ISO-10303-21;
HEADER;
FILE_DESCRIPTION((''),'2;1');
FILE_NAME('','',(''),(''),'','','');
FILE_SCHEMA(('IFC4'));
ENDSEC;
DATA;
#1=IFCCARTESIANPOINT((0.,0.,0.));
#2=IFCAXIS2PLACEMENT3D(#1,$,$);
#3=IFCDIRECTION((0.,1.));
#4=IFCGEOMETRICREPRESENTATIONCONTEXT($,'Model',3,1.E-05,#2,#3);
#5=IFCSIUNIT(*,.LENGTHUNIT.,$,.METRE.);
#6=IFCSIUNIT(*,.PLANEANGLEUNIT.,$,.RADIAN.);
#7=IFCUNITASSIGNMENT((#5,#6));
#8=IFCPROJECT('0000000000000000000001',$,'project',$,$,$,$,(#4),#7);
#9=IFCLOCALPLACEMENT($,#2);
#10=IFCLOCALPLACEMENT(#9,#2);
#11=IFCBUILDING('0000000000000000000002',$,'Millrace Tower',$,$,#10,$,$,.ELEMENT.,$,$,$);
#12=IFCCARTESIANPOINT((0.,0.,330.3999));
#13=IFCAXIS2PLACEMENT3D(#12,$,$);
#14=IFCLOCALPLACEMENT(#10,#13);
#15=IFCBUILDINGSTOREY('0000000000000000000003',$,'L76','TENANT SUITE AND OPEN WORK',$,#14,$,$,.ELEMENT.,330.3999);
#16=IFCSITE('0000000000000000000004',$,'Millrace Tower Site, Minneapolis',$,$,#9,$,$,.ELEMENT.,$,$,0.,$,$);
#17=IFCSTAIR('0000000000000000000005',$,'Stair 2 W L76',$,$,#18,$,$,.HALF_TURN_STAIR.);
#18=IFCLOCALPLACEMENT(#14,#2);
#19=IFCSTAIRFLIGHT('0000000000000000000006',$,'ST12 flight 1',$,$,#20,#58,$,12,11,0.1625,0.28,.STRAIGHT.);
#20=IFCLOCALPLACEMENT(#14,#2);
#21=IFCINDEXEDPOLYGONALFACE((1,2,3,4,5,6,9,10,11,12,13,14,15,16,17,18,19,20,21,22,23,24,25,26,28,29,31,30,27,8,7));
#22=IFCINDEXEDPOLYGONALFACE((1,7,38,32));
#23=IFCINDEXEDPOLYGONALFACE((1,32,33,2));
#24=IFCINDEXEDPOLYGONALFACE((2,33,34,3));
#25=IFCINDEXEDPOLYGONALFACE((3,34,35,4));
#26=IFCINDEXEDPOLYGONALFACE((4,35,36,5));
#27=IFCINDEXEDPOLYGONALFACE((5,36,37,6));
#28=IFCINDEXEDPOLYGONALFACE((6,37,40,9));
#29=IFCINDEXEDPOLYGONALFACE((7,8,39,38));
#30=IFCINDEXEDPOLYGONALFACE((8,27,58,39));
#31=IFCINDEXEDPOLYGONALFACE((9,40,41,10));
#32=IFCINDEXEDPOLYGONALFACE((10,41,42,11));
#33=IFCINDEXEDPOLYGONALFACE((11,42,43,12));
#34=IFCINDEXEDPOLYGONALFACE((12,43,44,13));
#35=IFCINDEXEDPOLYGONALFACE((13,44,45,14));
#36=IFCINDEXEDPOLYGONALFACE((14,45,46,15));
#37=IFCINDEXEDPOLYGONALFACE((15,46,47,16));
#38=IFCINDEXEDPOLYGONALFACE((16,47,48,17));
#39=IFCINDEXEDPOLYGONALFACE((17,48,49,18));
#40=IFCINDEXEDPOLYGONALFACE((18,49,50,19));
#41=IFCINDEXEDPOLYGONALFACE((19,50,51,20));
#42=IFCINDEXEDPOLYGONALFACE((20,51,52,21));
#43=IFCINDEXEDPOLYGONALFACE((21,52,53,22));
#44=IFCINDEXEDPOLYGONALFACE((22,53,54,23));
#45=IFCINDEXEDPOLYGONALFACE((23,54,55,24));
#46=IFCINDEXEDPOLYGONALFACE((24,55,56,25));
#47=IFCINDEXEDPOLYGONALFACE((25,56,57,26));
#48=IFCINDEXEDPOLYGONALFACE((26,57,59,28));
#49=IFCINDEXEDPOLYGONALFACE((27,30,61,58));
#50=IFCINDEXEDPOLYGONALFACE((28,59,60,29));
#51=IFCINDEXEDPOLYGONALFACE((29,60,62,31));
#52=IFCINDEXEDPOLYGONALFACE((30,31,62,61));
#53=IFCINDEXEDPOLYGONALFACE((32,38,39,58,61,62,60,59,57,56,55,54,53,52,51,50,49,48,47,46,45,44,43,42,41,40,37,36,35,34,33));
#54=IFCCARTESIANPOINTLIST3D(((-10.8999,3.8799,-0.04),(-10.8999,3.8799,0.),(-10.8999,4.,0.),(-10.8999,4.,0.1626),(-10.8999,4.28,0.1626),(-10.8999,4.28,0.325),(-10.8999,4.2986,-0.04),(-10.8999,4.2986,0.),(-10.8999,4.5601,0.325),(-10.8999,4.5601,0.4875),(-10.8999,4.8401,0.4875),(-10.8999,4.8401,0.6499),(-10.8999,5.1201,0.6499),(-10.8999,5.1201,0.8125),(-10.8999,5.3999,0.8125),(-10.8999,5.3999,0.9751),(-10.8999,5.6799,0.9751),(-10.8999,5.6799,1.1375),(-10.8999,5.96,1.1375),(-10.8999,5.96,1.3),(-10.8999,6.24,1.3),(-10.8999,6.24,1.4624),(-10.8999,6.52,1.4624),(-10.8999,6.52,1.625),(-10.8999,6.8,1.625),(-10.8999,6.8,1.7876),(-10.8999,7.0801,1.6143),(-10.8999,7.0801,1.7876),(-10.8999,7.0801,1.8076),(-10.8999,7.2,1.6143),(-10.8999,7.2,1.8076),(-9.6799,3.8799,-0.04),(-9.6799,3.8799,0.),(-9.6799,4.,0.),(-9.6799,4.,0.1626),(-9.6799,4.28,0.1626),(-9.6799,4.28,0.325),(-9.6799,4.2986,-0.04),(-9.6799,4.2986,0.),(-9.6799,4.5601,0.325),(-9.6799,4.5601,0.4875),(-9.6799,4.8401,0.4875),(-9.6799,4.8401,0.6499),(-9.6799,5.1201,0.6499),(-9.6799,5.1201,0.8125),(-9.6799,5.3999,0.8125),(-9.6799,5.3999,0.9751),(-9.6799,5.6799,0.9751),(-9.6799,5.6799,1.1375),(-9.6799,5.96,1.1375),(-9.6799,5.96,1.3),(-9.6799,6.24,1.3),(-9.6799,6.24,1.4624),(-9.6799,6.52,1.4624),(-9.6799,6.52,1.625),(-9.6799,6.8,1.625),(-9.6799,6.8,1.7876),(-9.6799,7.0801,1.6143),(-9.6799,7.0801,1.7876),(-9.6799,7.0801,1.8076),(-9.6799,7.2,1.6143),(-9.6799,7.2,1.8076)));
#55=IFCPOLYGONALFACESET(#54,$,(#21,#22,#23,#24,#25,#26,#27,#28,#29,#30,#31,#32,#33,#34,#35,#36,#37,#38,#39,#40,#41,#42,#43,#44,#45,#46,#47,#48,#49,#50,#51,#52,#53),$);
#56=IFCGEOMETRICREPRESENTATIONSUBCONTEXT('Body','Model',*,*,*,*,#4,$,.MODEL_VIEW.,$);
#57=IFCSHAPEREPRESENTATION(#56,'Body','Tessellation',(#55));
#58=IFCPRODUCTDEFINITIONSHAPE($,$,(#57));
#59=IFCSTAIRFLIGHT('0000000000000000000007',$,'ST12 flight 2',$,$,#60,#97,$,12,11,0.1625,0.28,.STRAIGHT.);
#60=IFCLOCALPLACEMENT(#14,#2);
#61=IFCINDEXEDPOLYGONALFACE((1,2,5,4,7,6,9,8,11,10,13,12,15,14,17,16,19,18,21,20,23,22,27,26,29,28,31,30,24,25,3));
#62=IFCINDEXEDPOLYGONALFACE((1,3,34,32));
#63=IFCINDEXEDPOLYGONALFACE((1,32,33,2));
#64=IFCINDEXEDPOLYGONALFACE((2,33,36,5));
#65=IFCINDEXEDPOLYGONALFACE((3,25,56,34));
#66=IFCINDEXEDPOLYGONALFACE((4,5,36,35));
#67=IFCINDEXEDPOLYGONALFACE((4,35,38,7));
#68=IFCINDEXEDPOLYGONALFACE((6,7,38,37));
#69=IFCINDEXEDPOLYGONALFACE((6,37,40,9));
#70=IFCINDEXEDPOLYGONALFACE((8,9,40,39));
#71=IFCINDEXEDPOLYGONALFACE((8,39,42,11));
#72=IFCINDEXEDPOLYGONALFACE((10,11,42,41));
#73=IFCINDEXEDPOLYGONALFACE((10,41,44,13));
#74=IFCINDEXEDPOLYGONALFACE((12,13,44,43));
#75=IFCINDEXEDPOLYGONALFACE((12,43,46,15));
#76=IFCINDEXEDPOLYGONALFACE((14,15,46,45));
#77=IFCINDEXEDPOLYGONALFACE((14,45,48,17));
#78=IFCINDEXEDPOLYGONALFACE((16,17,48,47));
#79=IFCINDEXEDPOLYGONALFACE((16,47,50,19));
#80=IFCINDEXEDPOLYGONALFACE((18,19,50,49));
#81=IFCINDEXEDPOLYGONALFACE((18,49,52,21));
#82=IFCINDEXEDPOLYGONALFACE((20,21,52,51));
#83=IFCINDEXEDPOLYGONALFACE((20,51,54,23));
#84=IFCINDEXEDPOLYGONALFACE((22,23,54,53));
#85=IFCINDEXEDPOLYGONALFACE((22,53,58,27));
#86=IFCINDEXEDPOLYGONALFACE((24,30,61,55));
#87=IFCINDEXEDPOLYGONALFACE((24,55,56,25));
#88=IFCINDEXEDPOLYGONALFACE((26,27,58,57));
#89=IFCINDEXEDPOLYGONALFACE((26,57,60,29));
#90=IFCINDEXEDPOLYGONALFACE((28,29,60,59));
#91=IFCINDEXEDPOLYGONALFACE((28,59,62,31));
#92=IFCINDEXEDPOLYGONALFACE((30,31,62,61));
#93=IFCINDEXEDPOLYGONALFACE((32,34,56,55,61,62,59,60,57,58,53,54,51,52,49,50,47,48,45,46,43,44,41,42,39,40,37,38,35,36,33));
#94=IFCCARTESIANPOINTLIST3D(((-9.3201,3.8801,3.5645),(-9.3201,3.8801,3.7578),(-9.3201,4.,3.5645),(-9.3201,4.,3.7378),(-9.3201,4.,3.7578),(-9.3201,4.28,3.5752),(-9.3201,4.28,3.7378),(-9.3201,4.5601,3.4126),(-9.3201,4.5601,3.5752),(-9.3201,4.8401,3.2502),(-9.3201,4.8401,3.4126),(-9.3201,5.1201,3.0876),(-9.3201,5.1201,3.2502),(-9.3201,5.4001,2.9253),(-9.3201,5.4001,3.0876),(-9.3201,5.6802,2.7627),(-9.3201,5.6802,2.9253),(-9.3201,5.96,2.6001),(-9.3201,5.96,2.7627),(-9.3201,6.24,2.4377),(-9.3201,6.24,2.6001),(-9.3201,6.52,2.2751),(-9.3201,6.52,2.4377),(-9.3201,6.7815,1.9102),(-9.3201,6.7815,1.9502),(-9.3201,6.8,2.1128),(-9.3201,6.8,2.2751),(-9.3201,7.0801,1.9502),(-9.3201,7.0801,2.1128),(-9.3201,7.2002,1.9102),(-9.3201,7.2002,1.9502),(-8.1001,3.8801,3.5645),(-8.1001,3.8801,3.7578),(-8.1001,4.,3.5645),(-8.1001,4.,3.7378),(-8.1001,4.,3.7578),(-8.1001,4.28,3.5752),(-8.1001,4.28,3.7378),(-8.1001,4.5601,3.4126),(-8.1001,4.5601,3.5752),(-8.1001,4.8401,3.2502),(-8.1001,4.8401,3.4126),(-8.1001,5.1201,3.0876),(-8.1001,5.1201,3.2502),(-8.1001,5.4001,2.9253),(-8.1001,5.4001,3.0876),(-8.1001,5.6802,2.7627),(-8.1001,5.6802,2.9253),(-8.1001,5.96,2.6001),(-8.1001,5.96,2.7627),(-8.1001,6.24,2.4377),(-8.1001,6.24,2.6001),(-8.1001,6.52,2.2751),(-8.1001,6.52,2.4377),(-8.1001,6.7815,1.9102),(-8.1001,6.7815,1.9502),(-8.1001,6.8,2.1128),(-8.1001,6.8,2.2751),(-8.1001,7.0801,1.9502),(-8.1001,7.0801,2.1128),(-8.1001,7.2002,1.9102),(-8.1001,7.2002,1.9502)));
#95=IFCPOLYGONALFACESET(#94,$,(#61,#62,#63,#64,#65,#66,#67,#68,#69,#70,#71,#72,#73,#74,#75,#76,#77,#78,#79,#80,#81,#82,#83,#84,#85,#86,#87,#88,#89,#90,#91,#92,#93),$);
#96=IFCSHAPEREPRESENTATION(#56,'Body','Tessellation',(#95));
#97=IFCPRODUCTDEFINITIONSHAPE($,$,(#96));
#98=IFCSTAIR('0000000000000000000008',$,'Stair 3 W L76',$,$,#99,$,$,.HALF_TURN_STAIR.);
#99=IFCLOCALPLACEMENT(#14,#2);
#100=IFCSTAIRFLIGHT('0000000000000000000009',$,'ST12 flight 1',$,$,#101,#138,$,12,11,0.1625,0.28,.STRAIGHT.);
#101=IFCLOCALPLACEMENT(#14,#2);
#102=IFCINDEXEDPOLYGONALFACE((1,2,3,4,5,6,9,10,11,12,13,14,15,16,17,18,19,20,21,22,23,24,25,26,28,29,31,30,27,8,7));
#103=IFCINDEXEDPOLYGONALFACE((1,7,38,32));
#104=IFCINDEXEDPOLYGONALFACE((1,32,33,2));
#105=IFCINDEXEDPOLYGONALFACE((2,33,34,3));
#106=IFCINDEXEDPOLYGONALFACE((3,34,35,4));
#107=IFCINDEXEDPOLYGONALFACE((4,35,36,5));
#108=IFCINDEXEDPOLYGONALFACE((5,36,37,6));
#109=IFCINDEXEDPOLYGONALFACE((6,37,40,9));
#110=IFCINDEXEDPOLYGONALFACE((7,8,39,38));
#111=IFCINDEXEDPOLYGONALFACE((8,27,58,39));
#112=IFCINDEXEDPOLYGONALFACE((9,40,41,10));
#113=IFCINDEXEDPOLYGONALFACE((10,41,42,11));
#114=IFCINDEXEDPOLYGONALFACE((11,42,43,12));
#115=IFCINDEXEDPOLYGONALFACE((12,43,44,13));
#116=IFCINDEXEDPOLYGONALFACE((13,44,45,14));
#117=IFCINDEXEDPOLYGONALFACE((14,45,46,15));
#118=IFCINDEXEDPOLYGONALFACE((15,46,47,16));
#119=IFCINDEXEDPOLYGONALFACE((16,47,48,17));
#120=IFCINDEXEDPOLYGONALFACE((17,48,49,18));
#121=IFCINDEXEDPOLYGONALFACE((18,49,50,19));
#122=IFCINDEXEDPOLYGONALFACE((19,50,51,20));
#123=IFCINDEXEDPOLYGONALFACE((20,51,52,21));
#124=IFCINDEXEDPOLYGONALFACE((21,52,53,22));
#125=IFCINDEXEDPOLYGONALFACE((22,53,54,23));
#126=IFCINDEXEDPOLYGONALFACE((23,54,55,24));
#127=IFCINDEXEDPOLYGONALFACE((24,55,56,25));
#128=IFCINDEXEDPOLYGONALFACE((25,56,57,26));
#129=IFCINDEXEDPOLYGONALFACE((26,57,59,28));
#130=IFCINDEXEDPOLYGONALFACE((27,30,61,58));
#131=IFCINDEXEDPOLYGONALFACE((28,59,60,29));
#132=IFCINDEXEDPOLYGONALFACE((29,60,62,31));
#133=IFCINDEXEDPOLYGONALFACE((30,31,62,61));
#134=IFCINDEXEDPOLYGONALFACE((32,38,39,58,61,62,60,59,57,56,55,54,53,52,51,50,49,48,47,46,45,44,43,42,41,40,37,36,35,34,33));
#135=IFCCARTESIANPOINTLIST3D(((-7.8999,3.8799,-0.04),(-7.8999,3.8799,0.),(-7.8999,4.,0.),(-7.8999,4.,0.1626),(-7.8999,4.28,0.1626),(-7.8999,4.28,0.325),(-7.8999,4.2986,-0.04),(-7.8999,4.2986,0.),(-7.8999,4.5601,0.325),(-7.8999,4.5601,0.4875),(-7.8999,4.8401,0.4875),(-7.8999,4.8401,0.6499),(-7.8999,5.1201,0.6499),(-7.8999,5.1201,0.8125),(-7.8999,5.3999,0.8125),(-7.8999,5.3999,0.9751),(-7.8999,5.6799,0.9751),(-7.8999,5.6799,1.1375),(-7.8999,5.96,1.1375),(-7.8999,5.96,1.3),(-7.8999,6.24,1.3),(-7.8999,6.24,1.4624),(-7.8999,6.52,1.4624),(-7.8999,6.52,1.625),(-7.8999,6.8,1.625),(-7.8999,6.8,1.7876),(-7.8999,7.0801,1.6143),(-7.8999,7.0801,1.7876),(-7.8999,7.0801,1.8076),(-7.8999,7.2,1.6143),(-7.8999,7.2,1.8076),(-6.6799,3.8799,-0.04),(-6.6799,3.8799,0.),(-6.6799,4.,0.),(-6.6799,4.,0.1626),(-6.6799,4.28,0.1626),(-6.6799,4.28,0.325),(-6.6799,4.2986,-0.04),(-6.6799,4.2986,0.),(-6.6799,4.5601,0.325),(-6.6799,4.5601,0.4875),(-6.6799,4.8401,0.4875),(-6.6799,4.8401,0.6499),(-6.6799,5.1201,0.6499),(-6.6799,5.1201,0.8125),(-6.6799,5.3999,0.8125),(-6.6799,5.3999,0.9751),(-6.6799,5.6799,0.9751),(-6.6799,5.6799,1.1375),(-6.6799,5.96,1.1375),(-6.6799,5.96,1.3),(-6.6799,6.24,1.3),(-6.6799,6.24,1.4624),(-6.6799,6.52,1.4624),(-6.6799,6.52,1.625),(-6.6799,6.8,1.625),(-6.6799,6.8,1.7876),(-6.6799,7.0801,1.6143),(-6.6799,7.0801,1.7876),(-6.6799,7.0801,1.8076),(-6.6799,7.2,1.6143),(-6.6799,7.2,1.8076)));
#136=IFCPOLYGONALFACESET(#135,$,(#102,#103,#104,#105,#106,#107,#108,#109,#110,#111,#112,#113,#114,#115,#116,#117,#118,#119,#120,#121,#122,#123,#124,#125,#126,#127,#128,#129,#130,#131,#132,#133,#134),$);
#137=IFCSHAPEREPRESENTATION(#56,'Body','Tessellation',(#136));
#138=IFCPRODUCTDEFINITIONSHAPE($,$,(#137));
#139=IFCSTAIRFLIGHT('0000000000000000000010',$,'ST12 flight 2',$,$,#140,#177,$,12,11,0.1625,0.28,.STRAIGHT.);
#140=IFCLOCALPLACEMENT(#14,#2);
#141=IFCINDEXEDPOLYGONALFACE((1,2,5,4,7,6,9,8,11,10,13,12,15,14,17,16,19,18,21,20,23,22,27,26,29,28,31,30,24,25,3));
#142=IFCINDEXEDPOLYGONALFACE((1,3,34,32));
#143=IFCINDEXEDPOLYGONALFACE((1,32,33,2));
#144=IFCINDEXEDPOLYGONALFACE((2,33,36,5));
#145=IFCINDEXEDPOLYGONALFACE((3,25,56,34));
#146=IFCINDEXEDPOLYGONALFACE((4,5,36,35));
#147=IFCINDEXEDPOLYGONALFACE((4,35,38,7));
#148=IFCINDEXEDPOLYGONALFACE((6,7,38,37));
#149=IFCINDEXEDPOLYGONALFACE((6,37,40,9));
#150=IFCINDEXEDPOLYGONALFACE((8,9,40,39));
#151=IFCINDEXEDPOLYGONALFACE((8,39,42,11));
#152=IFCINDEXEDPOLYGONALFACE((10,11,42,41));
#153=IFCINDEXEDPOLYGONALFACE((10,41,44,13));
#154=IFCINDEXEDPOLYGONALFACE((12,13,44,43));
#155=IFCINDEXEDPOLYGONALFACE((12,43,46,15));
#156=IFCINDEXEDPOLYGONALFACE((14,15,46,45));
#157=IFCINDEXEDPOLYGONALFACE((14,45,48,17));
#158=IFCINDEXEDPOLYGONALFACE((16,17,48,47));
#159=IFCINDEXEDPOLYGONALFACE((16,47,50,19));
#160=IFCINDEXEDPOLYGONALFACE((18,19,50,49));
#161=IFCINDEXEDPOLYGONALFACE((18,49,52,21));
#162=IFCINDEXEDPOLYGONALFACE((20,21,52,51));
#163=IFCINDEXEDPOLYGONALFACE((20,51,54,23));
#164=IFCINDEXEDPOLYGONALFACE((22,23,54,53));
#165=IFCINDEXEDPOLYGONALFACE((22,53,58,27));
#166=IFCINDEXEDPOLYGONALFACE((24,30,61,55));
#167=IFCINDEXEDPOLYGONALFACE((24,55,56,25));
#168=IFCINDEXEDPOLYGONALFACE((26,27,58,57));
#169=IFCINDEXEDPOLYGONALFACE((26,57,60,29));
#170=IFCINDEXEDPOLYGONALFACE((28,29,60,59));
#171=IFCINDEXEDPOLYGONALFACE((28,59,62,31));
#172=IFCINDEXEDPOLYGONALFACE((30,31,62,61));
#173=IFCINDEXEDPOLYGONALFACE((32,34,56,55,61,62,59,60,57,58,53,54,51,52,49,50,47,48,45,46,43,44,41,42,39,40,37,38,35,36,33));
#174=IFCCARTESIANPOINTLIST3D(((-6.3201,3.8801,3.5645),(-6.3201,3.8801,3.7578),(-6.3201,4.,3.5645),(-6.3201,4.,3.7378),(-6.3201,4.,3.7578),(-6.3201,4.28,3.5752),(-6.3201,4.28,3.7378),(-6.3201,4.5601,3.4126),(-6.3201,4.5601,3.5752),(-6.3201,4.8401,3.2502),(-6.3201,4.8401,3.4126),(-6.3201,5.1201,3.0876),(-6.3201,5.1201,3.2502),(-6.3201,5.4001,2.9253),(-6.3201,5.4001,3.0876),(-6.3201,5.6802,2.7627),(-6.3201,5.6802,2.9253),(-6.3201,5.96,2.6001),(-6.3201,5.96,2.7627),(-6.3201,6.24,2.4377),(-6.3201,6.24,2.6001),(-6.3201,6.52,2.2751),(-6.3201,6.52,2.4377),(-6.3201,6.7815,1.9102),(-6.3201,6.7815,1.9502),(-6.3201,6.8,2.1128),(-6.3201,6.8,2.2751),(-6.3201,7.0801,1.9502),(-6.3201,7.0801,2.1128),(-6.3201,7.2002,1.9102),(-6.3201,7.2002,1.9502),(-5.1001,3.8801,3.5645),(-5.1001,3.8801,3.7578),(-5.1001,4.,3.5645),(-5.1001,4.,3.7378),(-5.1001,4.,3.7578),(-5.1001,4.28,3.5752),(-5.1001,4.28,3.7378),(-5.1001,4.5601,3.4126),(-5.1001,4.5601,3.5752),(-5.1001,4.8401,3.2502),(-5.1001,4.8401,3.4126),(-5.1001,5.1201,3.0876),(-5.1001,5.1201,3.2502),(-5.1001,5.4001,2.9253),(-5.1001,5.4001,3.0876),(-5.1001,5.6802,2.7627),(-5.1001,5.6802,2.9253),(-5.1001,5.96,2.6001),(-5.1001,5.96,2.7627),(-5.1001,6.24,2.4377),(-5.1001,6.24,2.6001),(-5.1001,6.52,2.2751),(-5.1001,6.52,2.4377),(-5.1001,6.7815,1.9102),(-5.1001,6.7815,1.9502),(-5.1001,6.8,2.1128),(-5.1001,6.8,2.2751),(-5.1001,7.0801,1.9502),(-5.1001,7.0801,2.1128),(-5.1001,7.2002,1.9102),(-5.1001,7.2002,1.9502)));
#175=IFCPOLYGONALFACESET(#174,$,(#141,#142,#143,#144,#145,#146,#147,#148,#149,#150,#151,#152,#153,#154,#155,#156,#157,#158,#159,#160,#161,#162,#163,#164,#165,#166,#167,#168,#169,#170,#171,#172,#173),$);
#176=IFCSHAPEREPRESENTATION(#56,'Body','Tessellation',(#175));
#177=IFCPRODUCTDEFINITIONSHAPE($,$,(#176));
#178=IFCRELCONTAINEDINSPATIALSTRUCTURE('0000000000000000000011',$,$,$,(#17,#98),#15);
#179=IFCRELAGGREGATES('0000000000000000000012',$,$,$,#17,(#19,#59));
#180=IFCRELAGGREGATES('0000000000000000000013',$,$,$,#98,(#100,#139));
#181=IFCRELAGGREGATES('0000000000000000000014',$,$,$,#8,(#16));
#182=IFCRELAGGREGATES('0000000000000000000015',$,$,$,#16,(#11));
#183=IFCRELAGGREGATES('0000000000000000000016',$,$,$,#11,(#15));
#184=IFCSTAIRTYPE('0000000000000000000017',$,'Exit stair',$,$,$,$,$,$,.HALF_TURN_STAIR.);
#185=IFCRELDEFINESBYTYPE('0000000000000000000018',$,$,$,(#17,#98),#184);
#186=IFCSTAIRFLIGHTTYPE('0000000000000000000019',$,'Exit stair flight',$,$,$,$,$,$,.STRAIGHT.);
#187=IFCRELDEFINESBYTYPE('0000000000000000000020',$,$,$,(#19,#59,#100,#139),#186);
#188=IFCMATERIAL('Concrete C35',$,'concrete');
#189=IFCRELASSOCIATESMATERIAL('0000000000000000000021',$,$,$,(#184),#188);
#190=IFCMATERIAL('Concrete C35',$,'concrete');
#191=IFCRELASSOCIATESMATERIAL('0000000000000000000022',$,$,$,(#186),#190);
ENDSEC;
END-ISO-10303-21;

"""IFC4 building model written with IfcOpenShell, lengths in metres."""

from ifc_helpers import new_model, si_unit, direction, frame, origin, place, context, subcontext, project, spatial, polyline, outline, extrude, material, type_object, element, aggregate, save


model = new_model("IFC4")

# Units and contexts
model_context = context("Model", 3, precision=1e-05, world=origin(), true_north=direction((0.0, 1.0)))
body_context = subcontext(model_context, "Body", "Model", "MODEL_VIEW")
ifc_project = project(units=[si_unit("LENGTHUNIT", "METRE"), si_unit("PLANEANGLEUNIT", "RADIAN")], contexts=[model_context])

# Site, building, storey
site_placement = place(None, origin())
site = spatial("IfcSite", under=ifc_project, at=site_placement, Name="Millrace Tower Site, Minneapolis", CompositionType="ELEMENT", RefElevation=0.0)
building_placement = place(site_placement, origin())
building = spatial("IfcBuilding", under=site, at=building_placement, Name="Millrace Tower", CompositionType="ELEMENT")
storey_placement = place(building_placement, frame((0.0, 0.0, 330.3999)))
storey = spatial("IfcBuildingStorey", under=building, at=storey_placement, Name="L76", Description="TENANT SUITE AND OPEN WORK", CompositionType="ELEMENT", Elevation=330.3999)

# Shared definitions
ifc_material_1 = material(Name="Concrete C35", Category="concrete")
stair_type = type_object("IfcStairType", Name="Exit stair", PredefinedType="HALF_TURN_STAIR", material=ifc_material_1)
placement = place(storey_placement, origin())
ifc_material_2 = material(Name="Concrete C35", Category="concrete")
stair_flight_type = type_object("IfcStairFlightType", Name="Exit stair flight", PredefinedType="STRAIGHT", material=ifc_material_2)

# Stairs, stair flights
stair_1 = element("IfcStair", 1, at=placement, inside=storey, type_object=stair_type, Name="Stair 2 W L76", PredefinedType="HALF_TURN_STAIR")
stair_flight_1_placement = place(storey_placement, frame((-10.29, 4.0, 0.0), z_axis=(0.0, 0.0, 1.0), x_axis=(0.0, 1.0, 0.0)))
stair_flight_1 = element("IfcStairFlight", 2, at=stair_flight_1_placement, type_object=stair_flight_type, Name="ST12 flight 1", NumberOfRisers=12, NumberOfTreads=11, PredefinedType="STRAIGHT", RiserHeight=0.1625, TreadLength=0.28, context=body_context, shape_type="SweptSolid", body=[
    extrude(outline(polyline([(-0.1201, -0.04), (-0.1201, 0.0), (0.0, 0.0), (0.0, 0.1626), (0.28, 0.1626), (0.28, 0.325), (0.5601, 0.325), (0.5601, 0.4875), (0.8401, 0.4875), (0.8401, 0.6499), (1.1201, 0.6499), (1.1201, 0.8125), (1.3999, 0.8125), (1.3999, 0.9751), (1.6799, 0.9751), (1.6799, 1.1375), (1.96, 1.1375), (1.96, 1.3), (2.24, 1.3), (2.24, 1.4624), (2.52, 1.4624), (2.52, 1.625), (2.8, 1.625), (2.8, 1.7876), (3.0801, 1.7876), (3.0801, 1.8076), (3.2, 1.8076), (3.2, 1.6143), (3.0801, 1.6143), (0.2986, 0.0), (0.2986, -0.04), (-0.1201, -0.04)])), frame((0.0, 0.6099, 0.0), z_axis=(0.0, -1.0, 0.0), x_axis=(1.0, 0.0, 0.0)), (0.0, 0.0, 1.0), 1.22),
])
stair_flight_2_placement = place(storey_placement, frame((-8.71, 7.0801, 1.9502), z_axis=(0.0, 0.0, 1.0), x_axis=(0.0, -1.0, 0.0)))
stair_flight_2 = element("IfcStairFlight", 3, at=stair_flight_2_placement, type_object=stair_flight_type, Name="ST12 flight 2", NumberOfRisers=12, NumberOfTreads=11, PredefinedType="STRAIGHT", RiserHeight=0.1625, TreadLength=0.28, context=body_context, shape_type="SweptSolid", body=[
    extrude(outline(polyline([(-0.1201, -0.04), (-0.1201, 0.0), (0.0, 0.0), (0.0, 0.1626), (0.28, 0.1626), (0.28, 0.325), (0.5601, 0.325), (0.5601, 0.4875), (0.8401, 0.4875), (0.8401, 0.6499), (1.1201, 0.6499), (1.1201, 0.8125), (1.3999, 0.8125), (1.3999, 0.9751), (1.6799, 0.9751), (1.6799, 1.1375), (1.96, 1.1375), (1.96, 1.3), (2.24, 1.3), (2.24, 1.4624), (2.52, 1.4624), (2.52, 1.625), (2.8, 1.625), (2.8, 1.7876), (3.0801, 1.7876), (3.0801, 1.8076), (3.2, 1.8076), (3.2, 1.6143), (3.0801, 1.6143), (0.2986, 0.0), (0.2986, -0.04), (-0.1201, -0.04)])), frame((0.0, 0.6099, 0.0), z_axis=(0.0, -1.0, 0.0), x_axis=(1.0, 0.0, 0.0)), (0.0, 0.0, 1.0), 1.22),
])
aggregate(stair_1, [stair_flight_1, stair_flight_2])
stair_2 = element("IfcStair", 4, at=placement, inside=storey, type_object=stair_type, Name="Stair 3 W L76", PredefinedType="HALF_TURN_STAIR")
stair_flight_3_placement = place(storey_placement, frame((-7.29, 4.0, 0.0), z_axis=(0.0, 0.0, 1.0), x_axis=(0.0, 1.0, 0.0)))
stair_flight_3 = element("IfcStairFlight", 5, at=stair_flight_3_placement, type_object=stair_flight_type, Name="ST12 flight 1", NumberOfRisers=12, NumberOfTreads=11, PredefinedType="STRAIGHT", RiserHeight=0.1625, TreadLength=0.28, context=body_context, shape_type="SweptSolid", body=[
    extrude(outline(polyline([(-0.1201, -0.04), (-0.1201, 0.0), (0.0, 0.0), (0.0, 0.1626), (0.28, 0.1626), (0.28, 0.325), (0.5601, 0.325), (0.5601, 0.4875), (0.8401, 0.4875), (0.8401, 0.6499), (1.1201, 0.6499), (1.1201, 0.8125), (1.3999, 0.8125), (1.3999, 0.9751), (1.6799, 0.9751), (1.6799, 1.1375), (1.96, 1.1375), (1.96, 1.3), (2.24, 1.3), (2.24, 1.4624), (2.52, 1.4624), (2.52, 1.625), (2.8, 1.625), (2.8, 1.7876), (3.0801, 1.7876), (3.0801, 1.8076), (3.2, 1.8076), (3.2, 1.6143), (3.0801, 1.6143), (0.2986, 0.0), (0.2986, -0.04), (-0.1201, -0.04)])), frame((0.0, 0.6099, 0.0), z_axis=(0.0, -1.0, 0.0), x_axis=(1.0, 0.0, 0.0)), (0.0, 0.0, 1.0), 1.22),
])
stair_flight_4_placement = place(storey_placement, frame((-5.71, 7.0801, 1.9502), z_axis=(0.0, 0.0, 1.0), x_axis=(0.0, -1.0, 0.0)))
stair_flight_4 = element("IfcStairFlight", 6, at=stair_flight_4_placement, type_object=stair_flight_type, Name="ST12 flight 2", NumberOfRisers=12, NumberOfTreads=11, PredefinedType="STRAIGHT", RiserHeight=0.1625, TreadLength=0.28, context=body_context, shape_type="SweptSolid", body=[
    extrude(outline(polyline([(-0.1201, -0.04), (-0.1201, 0.0), (0.0, 0.0), (0.0, 0.1626), (0.28, 0.1626), (0.28, 0.325), (0.5601, 0.325), (0.5601, 0.4875), (0.8401, 0.4875), (0.8401, 0.6499), (1.1201, 0.6499), (1.1201, 0.8125), (1.3999, 0.8125), (1.3999, 0.9751), (1.6799, 0.9751), (1.6799, 1.1375), (1.96, 1.1375), (1.96, 1.3), (2.24, 1.3), (2.24, 1.4624), (2.52, 1.4624), (2.52, 1.625), (2.8, 1.625), (2.8, 1.7876), (3.0801, 1.7876), (3.0801, 1.8076), (3.2, 1.8076), (3.2, 1.6143), (3.0801, 1.6143), (0.2986, 0.0), (0.2986, -0.04), (-0.1201, -0.04)])), frame((0.0, 0.6099, 0.0), z_axis=(0.0, -1.0, 0.0), x_axis=(1.0, 0.0, 0.0)), (0.0, 0.0, 1.0), 1.22),
])
aggregate(stair_2, [stair_flight_3, stair_flight_4])

save(model, "model.ifc")
